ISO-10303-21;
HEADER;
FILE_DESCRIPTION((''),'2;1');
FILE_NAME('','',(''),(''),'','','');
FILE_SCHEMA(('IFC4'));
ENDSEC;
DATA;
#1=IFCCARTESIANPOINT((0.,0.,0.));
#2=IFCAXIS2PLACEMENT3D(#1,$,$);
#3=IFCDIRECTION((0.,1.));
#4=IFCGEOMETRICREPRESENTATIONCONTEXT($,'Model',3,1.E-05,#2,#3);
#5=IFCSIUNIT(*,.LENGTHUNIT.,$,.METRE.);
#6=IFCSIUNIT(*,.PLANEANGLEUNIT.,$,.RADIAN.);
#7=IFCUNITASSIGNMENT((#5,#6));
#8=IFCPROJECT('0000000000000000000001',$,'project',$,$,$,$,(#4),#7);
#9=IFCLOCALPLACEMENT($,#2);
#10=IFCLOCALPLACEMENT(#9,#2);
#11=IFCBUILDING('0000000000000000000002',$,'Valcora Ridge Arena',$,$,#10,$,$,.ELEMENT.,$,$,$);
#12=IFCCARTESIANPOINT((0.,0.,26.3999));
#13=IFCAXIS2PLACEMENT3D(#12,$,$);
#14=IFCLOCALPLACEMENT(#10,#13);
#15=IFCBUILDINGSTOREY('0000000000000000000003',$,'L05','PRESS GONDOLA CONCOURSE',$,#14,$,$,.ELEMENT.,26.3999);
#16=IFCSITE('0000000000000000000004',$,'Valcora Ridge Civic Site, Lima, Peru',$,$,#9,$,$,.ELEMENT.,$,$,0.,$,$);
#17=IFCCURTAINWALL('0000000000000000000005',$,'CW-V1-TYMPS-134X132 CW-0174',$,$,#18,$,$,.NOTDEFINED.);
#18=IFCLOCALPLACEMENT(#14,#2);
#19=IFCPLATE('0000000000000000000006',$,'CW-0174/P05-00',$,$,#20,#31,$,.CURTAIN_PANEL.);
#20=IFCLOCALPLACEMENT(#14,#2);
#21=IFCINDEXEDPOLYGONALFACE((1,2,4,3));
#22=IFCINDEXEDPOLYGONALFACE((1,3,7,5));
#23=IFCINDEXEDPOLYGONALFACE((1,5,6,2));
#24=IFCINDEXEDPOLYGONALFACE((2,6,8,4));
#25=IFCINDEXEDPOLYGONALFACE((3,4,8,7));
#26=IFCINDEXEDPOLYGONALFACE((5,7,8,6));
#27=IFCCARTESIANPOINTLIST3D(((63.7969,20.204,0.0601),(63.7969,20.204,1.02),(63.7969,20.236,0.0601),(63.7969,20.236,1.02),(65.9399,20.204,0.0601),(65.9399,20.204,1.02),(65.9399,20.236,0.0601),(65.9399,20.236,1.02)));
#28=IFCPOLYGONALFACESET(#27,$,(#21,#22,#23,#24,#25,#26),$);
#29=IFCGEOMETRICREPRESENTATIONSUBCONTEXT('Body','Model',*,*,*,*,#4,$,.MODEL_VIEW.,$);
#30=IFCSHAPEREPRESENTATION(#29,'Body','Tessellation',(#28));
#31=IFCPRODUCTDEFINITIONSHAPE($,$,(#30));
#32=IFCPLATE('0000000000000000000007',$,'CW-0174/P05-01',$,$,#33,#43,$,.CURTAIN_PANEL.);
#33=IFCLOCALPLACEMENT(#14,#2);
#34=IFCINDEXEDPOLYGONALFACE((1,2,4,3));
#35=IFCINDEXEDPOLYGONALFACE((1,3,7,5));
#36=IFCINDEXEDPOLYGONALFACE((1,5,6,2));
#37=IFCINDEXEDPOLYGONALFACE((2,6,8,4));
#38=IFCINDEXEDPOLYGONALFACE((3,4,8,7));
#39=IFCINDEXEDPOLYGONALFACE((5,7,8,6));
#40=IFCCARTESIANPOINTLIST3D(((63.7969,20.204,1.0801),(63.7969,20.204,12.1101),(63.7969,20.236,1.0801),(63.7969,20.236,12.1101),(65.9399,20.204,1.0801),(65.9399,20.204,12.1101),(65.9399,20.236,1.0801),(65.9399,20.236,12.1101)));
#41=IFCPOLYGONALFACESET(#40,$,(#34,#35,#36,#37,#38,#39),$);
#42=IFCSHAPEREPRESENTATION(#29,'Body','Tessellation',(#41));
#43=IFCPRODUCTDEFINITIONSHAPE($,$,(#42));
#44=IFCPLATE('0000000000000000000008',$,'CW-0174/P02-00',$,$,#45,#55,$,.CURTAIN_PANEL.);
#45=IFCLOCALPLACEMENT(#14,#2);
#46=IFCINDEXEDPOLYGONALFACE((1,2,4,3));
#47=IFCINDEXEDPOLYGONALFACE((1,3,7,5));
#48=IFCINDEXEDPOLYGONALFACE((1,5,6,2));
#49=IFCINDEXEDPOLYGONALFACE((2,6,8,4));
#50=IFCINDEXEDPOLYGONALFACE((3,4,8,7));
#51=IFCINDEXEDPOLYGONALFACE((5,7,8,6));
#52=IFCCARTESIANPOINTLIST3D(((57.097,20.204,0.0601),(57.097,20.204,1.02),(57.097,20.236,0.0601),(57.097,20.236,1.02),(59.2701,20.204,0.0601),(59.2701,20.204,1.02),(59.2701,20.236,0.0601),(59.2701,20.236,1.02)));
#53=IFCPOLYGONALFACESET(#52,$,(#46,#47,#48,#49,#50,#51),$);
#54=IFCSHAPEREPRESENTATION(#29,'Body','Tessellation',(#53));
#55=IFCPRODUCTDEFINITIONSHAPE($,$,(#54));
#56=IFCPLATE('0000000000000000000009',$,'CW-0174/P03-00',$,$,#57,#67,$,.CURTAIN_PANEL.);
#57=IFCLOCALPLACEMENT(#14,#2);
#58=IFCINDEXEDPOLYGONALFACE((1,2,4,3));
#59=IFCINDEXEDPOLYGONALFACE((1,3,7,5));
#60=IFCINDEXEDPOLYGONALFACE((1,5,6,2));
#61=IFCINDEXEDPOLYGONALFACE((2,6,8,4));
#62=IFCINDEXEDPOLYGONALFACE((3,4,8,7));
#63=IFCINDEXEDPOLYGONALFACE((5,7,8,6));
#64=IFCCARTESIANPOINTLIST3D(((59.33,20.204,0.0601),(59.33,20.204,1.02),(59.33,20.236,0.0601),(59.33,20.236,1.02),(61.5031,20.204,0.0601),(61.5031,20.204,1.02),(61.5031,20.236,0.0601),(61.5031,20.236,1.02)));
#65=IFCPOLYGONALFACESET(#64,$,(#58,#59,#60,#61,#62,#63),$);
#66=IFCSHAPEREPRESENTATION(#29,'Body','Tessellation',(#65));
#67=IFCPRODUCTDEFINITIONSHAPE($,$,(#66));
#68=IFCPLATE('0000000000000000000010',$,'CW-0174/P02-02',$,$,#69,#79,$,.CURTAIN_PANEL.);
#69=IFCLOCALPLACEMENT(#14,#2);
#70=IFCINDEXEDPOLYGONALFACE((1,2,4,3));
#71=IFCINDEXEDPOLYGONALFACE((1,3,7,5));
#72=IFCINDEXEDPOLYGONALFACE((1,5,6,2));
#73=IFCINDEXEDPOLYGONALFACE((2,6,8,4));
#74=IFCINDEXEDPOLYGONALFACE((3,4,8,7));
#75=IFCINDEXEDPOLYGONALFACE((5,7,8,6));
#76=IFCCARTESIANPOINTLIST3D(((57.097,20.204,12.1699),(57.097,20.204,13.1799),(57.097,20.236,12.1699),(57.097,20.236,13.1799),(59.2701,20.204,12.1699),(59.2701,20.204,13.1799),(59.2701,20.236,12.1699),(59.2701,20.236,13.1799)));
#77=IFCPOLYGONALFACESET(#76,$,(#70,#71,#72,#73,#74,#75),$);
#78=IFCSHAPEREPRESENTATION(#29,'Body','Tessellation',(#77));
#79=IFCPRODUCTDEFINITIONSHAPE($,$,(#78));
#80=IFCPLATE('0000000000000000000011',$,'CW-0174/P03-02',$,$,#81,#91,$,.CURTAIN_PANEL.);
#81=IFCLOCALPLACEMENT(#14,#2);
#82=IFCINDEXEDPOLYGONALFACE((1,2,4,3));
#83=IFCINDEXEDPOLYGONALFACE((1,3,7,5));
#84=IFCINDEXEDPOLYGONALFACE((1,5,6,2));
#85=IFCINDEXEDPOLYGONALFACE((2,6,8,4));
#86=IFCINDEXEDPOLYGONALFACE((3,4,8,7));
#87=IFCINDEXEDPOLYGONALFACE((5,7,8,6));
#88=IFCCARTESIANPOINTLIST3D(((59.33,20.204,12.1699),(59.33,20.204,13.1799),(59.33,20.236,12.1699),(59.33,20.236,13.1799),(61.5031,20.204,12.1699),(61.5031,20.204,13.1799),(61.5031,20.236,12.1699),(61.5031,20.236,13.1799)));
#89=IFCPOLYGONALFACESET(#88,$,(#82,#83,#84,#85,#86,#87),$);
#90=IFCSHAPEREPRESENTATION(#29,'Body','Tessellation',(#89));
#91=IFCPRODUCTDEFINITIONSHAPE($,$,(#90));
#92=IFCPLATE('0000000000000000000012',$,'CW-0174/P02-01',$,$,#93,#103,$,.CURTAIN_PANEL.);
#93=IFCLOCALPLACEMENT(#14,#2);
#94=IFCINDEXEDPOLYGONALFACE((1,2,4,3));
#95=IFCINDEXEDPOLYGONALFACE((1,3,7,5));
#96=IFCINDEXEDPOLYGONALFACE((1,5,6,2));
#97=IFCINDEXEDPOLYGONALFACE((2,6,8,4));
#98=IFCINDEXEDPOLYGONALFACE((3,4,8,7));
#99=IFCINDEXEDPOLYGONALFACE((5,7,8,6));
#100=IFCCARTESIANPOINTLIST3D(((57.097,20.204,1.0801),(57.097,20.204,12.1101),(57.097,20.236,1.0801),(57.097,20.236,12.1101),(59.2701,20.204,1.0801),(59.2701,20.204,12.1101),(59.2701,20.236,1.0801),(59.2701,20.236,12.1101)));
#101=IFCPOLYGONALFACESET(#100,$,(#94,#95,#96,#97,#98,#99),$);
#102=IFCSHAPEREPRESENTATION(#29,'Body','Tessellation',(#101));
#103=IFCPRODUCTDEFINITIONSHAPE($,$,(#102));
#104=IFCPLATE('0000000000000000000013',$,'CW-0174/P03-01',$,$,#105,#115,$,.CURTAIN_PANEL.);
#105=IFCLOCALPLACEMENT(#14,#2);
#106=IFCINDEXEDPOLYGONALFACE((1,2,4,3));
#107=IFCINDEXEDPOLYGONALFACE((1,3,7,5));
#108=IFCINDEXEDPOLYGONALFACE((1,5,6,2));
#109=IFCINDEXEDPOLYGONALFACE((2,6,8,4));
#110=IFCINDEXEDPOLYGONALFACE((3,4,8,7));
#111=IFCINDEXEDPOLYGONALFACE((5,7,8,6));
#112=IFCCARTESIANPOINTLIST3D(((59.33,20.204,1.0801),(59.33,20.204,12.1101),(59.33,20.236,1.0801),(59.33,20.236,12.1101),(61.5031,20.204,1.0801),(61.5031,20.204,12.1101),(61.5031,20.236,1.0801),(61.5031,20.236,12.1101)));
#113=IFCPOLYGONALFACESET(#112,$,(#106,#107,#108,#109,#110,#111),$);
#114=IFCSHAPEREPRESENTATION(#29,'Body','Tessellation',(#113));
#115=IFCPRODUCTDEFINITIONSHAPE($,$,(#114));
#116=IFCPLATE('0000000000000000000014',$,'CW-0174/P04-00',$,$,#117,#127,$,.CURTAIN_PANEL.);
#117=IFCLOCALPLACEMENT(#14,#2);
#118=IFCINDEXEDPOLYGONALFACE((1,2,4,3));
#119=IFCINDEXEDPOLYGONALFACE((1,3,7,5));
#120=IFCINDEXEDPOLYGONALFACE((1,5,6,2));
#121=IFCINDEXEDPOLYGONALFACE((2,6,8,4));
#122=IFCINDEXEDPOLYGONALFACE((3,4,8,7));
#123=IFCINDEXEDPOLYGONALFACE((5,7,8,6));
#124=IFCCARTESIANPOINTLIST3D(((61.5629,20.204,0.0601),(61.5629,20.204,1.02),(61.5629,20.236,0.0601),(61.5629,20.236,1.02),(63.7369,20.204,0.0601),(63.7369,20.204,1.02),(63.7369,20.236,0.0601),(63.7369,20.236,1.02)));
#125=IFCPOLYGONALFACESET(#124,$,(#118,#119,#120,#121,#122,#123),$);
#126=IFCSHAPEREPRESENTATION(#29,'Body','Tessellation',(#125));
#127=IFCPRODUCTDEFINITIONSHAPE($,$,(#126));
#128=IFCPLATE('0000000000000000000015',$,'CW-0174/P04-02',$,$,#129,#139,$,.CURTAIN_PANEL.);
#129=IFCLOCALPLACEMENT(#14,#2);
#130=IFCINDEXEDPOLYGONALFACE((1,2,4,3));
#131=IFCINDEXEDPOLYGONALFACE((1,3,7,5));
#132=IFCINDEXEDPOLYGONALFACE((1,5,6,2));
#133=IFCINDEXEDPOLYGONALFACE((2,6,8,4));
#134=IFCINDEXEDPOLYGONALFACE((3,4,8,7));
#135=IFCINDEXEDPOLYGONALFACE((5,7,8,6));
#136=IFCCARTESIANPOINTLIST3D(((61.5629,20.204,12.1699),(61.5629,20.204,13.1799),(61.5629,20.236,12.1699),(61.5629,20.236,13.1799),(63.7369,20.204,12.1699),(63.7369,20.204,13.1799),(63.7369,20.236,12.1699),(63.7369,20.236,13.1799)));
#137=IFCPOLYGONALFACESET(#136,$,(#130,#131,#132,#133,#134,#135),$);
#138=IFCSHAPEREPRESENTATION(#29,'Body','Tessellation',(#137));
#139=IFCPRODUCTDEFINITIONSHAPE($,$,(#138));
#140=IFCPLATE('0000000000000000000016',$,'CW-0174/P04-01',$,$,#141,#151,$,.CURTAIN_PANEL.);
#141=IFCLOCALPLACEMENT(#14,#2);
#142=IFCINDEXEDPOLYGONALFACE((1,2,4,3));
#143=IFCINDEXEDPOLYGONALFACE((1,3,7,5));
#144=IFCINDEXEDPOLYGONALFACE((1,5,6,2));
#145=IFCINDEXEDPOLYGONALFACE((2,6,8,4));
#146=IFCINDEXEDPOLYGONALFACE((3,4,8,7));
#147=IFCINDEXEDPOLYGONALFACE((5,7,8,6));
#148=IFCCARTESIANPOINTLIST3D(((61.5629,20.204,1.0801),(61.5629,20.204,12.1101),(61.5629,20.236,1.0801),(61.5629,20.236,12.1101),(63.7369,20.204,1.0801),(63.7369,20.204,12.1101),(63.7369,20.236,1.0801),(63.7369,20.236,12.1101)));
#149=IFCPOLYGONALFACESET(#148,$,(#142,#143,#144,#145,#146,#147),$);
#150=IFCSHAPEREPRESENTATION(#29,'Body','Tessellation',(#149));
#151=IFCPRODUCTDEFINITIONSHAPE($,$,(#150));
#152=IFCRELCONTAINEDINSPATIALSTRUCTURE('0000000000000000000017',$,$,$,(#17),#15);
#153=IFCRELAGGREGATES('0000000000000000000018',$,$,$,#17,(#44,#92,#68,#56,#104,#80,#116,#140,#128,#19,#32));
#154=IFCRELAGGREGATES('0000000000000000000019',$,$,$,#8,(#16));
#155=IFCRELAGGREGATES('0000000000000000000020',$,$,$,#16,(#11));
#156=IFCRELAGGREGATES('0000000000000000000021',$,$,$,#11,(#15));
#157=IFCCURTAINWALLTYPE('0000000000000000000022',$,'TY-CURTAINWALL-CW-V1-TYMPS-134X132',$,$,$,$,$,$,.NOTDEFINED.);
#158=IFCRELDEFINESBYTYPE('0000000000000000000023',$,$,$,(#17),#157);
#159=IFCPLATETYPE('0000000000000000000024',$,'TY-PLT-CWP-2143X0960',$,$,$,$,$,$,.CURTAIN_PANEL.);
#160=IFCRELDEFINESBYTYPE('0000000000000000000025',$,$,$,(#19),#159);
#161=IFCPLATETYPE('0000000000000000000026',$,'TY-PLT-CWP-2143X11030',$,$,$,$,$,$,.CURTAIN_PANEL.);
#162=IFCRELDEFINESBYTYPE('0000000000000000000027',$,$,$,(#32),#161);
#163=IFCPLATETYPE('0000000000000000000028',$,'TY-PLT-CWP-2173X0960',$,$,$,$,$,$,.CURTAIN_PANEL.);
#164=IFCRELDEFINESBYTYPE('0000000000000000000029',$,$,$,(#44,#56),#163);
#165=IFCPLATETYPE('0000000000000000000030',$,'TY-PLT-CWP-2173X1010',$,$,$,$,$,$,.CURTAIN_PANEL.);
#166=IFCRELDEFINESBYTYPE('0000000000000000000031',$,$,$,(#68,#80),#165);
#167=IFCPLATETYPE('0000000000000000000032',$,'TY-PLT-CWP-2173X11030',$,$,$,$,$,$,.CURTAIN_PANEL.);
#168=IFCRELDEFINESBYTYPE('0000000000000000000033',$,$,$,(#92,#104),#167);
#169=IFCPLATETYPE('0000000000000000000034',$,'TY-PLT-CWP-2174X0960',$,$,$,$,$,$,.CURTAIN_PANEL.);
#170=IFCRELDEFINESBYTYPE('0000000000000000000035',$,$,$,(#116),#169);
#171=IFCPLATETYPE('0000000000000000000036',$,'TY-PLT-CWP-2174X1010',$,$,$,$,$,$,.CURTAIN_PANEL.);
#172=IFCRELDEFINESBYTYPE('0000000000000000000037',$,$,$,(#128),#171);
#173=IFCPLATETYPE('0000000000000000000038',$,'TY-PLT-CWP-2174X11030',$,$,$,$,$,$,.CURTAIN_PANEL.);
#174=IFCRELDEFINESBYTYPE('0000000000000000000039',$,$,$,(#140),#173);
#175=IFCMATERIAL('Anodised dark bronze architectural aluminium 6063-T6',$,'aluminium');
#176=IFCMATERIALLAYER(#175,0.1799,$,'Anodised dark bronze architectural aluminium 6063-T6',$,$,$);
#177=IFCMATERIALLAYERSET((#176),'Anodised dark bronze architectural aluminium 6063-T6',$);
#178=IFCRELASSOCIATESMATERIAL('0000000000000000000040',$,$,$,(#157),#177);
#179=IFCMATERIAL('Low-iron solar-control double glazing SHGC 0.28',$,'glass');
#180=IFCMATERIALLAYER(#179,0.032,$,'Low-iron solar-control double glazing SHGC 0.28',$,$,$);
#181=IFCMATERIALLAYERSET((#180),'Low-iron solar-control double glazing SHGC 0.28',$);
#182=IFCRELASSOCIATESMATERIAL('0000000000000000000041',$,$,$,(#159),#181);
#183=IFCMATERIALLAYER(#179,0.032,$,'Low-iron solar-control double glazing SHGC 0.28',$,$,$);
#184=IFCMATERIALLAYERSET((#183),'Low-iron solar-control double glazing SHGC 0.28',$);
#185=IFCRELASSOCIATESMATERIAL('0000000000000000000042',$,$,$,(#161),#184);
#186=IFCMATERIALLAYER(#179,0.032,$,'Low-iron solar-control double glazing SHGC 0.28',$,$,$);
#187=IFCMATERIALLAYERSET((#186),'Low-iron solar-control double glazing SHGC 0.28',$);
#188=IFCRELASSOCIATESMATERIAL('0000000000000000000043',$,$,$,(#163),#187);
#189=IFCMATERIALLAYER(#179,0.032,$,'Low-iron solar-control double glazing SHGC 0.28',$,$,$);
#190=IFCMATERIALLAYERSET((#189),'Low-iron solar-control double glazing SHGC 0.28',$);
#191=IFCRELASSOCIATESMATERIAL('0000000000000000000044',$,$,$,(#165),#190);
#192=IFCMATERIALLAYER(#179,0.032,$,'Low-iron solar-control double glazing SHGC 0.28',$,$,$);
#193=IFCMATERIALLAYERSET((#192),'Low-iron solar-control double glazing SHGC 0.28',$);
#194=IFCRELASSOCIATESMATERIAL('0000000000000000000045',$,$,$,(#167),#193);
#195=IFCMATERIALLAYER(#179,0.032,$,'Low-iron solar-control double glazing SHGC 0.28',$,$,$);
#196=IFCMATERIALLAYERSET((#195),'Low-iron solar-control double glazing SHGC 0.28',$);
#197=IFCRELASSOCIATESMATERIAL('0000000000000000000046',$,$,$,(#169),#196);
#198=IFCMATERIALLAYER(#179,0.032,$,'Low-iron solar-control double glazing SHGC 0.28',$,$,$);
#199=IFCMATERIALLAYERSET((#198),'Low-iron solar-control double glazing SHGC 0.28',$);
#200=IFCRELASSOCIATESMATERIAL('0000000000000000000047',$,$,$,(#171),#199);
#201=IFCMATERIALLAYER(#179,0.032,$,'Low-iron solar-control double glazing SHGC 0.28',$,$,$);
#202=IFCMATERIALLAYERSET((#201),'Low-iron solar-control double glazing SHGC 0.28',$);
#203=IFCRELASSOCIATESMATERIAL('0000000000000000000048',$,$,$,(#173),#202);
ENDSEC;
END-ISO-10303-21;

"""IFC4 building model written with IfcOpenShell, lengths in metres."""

from ifc_helpers import new_model, si_unit, direction, frame, origin, origin_2d, place, context, subcontext, project, spatial, rectangle, extrude, material, layer, layer_set, type_object, element, aggregate, save


model = new_model("IFC4")

# Units and contexts
model_context = context("Model", 3, precision=1e-05, world=origin(), true_north=direction((0.0, 1.0)))
body_context = subcontext(model_context, "Body", "Model", "MODEL_VIEW")
ifc_project = project(units=[si_unit("LENGTHUNIT", "METRE"), si_unit("PLANEANGLEUNIT", "RADIAN")], contexts=[model_context])

# Site, building, storey
site_placement = place(None, origin())
site = spatial("IfcSite", under=ifc_project, at=site_placement, Name="Valcora Ridge Civic Site, Lima, Peru", CompositionType="ELEMENT", RefElevation=0.0)
building_placement = place(site_placement, origin())
building = spatial("IfcBuilding", under=site, at=building_placement, Name="Valcora Ridge Arena", CompositionType="ELEMENT")
storey_placement = place(building_placement, frame((0.0, 0.0, 26.3999)))
storey = spatial("IfcBuildingStorey", under=building, at=storey_placement, Name="L05", Description="PRESS GONDOLA CONCOURSE", CompositionType="ELEMENT", Elevation=26.3999)

# Curtain wall, plates
ifc_material_1 = material(Name="Anodised dark bronze architectural aluminium 6063-T6", Category="aluminium")
ifc_layer_1 = layer(ifc_material_1, 0.1799, Name="Anodised dark bronze architectural aluminium 6063-T6")
ifc_layer_set_1 = layer_set([ifc_layer_1], Name="Anodised dark bronze architectural aluminium 6063-T6")
curtain_wall_type = type_object("IfcCurtainWallType", Name="TY-CURTAINWALL-CW-V1-TYMPS-134X132", PredefinedType="NOTDEFINED", material=ifc_layer_set_1)
curtain_wall_placement = place(storey_placement, origin())
curtain_wall = element("IfcCurtainWall", 1, at=curtain_wall_placement, inside=storey, type_object=curtain_wall_type, Name="CW-V1-TYMPS-134X132 CW-0174", PredefinedType="NOTDEFINED")
ifc_material_2 = material(Name="Low-iron solar-control double glazing SHGC 0.28", Category="glass")
ifc_layer_2 = layer(ifc_material_2, 0.032, Name="Low-iron solar-control double glazing SHGC 0.28")
ifc_layer_set_2 = layer_set([ifc_layer_2], Name="Low-iron solar-control double glazing SHGC 0.28")
plate_type_1 = type_object("IfcPlateType", Name="TY-PLT-CWP-2143X0960", PredefinedType="CURTAIN_PANEL", material=ifc_layer_set_2)
plate_1_placement = place(storey_placement, frame((64.8684, 20.22, 0.0601), z_axis=(0.0, 0.0, 1.0), x_axis=(1.0, 0.0, 0.0)))
plate_1 = element("IfcPlate", 2, at=plate_1_placement, type_object=plate_type_1, Name="CW-0174/P05-00", PredefinedType="CURTAIN_PANEL", context=body_context, shape_type="SweptSolid", body=[
    extrude(rectangle(XDim=2.1431, YDim=0.032, at=origin_2d()), origin(), (0.0, 0.0, 1.0), 0.96),
])
ifc_layer_3 = layer(ifc_material_2, 0.032, Name="Low-iron solar-control double glazing SHGC 0.28")
ifc_layer_set_3 = layer_set([ifc_layer_3], Name="Low-iron solar-control double glazing SHGC 0.28")
plate_type_2 = type_object("IfcPlateType", Name="TY-PLT-CWP-2143X11030", PredefinedType="CURTAIN_PANEL", material=ifc_layer_set_3)
plate_2_placement = place(storey_placement, frame((64.8684, 20.22, 1.0801), z_axis=(0.0, 0.0, 1.0), x_axis=(1.0, 0.0, 0.0)))
plate_2 = element("IfcPlate", 3, at=plate_2_placement, type_object=plate_type_2, Name="CW-0174/P05-01", PredefinedType="CURTAIN_PANEL", context=body_context, shape_type="SweptSolid", body=[
    extrude(rectangle(XDim=2.1431, YDim=0.032, at=origin_2d()), origin(), (0.0, 0.0, 1.0), 11.03),
])
ifc_layer_4 = layer(ifc_material_2, 0.032, Name="Low-iron solar-control double glazing SHGC 0.28")
ifc_layer_set_4 = layer_set([ifc_layer_4], Name="Low-iron solar-control double glazing SHGC 0.28")
plate_type_3 = type_object("IfcPlateType", Name="TY-PLT-CWP-2173X0960", PredefinedType="CURTAIN_PANEL", material=ifc_layer_set_4)
plate_3_placement = place(storey_placement, frame((58.1836, 20.22, 0.0601), z_axis=(0.0, 0.0, 1.0), x_axis=(1.0, 0.0, 0.0)))
plate_3 = element("IfcPlate", 4, at=plate_3_placement, type_object=plate_type_3, Name="CW-0174/P02-00", PredefinedType="CURTAIN_PANEL", context=body_context, shape_type="SweptSolid", body=[
    extrude(rectangle(XDim=2.1731, YDim=0.032, at=origin_2d()), origin(), (0.0, 0.0, 1.0), 0.96),
])
plate_4_placement = place(storey_placement, frame((60.4165, 20.22, 0.0601), z_axis=(0.0, 0.0, 1.0), x_axis=(1.0, 0.0, 0.0)))
plate_4 = element("IfcPlate", 5, at=plate_4_placement, type_object=plate_type_3, Name="CW-0174/P03-00", PredefinedType="CURTAIN_PANEL", context=body_context, shape_type="SweptSolid", body=[
    extrude(rectangle(XDim=2.1731, YDim=0.032, at=origin_2d()), origin(), (0.0, 0.0, 1.0), 0.96),
])
ifc_layer_5 = layer(ifc_material_2, 0.032, Name="Low-iron solar-control double glazing SHGC 0.28")
ifc_layer_set_5 = layer_set([ifc_layer_5], Name="Low-iron solar-control double glazing SHGC 0.28")
plate_type_4 = type_object("IfcPlateType", Name="TY-PLT-CWP-2173X1010", PredefinedType="CURTAIN_PANEL", material=ifc_layer_set_5)
plate_5_placement = place(storey_placement, frame((58.1836, 20.22, 12.1699), z_axis=(0.0, 0.0, 1.0), x_axis=(1.0, 0.0, 0.0)))
plate_5 = element("IfcPlate", 6, at=plate_5_placement, type_object=plate_type_4, Name="CW-0174/P02-02", PredefinedType="CURTAIN_PANEL", context=body_context, shape_type="SweptSolid", body=[
    extrude(rectangle(XDim=2.1731, YDim=0.032, at=origin_2d()), origin(), (0.0, 0.0, 1.0), 1.01),
])
plate_6_placement = place(storey_placement, frame((60.4165, 20.22, 12.1699), z_axis=(0.0, 0.0, 1.0), x_axis=(1.0, 0.0, 0.0)))
plate_6 = element("IfcPlate", 7, at=plate_6_placement, type_object=plate_type_4, Name="CW-0174/P03-02", PredefinedType="CURTAIN_PANEL", context=body_context, shape_type="SweptSolid", body=[
    extrude(rectangle(XDim=2.1731, YDim=0.032, at=origin_2d()), origin(), (0.0, 0.0, 1.0), 1.01),
])
ifc_layer_6 = layer(ifc_material_2, 0.032, Name="Low-iron solar-control double glazing SHGC 0.28")
ifc_layer_set_6 = layer_set([ifc_layer_6], Name="Low-iron solar-control double glazing SHGC 0.28")
plate_type_5 = type_object("IfcPlateType", Name="TY-PLT-CWP-2173X11030", PredefinedType="CURTAIN_PANEL", material=ifc_layer_set_6)
plate_7_placement = place(storey_placement, frame((58.1836, 20.22, 1.0801), z_axis=(0.0, 0.0, 1.0), x_axis=(1.0, 0.0, 0.0)))
plate_7 = element("IfcPlate", 8, at=plate_7_placement, type_object=plate_type_5, Name="CW-0174/P02-01", PredefinedType="CURTAIN_PANEL", context=body_context, shape_type="SweptSolid", body=[
    extrude(rectangle(XDim=2.1731, YDim=0.032, at=origin_2d()), origin(), (0.0, 0.0, 1.0), 11.03),
])
plate_8_placement = place(storey_placement, frame((60.4165, 20.22, 1.0801), z_axis=(0.0, 0.0, 1.0), x_axis=(1.0, 0.0, 0.0)))
plate_8 = element("IfcPlate", 9, at=plate_8_placement, type_object=plate_type_5, Name="CW-0174/P03-01", PredefinedType="CURTAIN_PANEL", context=body_context, shape_type="SweptSolid", body=[
    extrude(rectangle(XDim=2.1731, YDim=0.032, at=origin_2d()), origin(), (0.0, 0.0, 1.0), 11.03),
])
ifc_layer_7 = layer(ifc_material_2, 0.032, Name="Low-iron solar-control double glazing SHGC 0.28")
ifc_layer_set_7 = layer_set([ifc_layer_7], Name="Low-iron solar-control double glazing SHGC 0.28")
plate_type_6 = type_object("IfcPlateType", Name="TY-PLT-CWP-2174X0960", PredefinedType="CURTAIN_PANEL", material=ifc_layer_set_7)
plate_9_placement = place(storey_placement, frame((62.6499, 20.22, 0.0601), z_axis=(0.0, 0.0, 1.0), x_axis=(1.0, 0.0, 0.0)))
plate_9 = element("IfcPlate", 10, at=plate_9_placement, type_object=plate_type_6, Name="CW-0174/P04-00", PredefinedType="CURTAIN_PANEL", context=body_context, shape_type="SweptSolid", body=[
    extrude(rectangle(XDim=2.1741, YDim=0.032, at=origin_2d()), origin(), (0.0, 0.0, 1.0), 0.96),
])
ifc_layer_8 = layer(ifc_material_2, 0.032, Name="Low-iron solar-control double glazing SHGC 0.28")
ifc_layer_set_8 = layer_set([ifc_layer_8], Name="Low-iron solar-control double glazing SHGC 0.28")
plate_type_7 = type_object("IfcPlateType", Name="TY-PLT-CWP-2174X1010", PredefinedType="CURTAIN_PANEL", material=ifc_layer_set_8)
plate_10_placement = place(storey_placement, frame((62.6499, 20.22, 12.1699), z_axis=(0.0, 0.0, 1.0), x_axis=(1.0, 0.0, 0.0)))
plate_10 = element("IfcPlate", 11, at=plate_10_placement, type_object=plate_type_7, Name="CW-0174/P04-02", PredefinedType="CURTAIN_PANEL", context=body_context, shape_type="SweptSolid", body=[
    extrude(rectangle(XDim=2.1741, YDim=0.032, at=origin_2d()), origin(), (0.0, 0.0, 1.0), 1.01),
])
ifc_layer_9 = layer(ifc_material_2, 0.032, Name="Low-iron solar-control double glazing SHGC 0.28")
ifc_layer_set_9 = layer_set([ifc_layer_9], Name="Low-iron solar-control double glazing SHGC 0.28")
plate_type_8 = type_object("IfcPlateType", Name="TY-PLT-CWP-2174X11030", PredefinedType="CURTAIN_PANEL", material=ifc_layer_set_9)
plate_11_placement = place(storey_placement, frame((62.6499, 20.22, 1.0801), z_axis=(0.0, 0.0, 1.0), x_axis=(1.0, 0.0, 0.0)))
plate_11 = element("IfcPlate", 12, at=plate_11_placement, type_object=plate_type_8, Name="CW-0174/P04-01", PredefinedType="CURTAIN_PANEL", context=body_context, shape_type="SweptSolid", body=[
    extrude(rectangle(XDim=2.1741, YDim=0.032, at=origin_2d()), origin(), (0.0, 0.0, 1.0), 11.03),
])
aggregate(curtain_wall, [plate_3, plate_7, plate_5, plate_4, plate_8, plate_6, plate_9, plate_11, plate_10, plate_1, plate_2])

save(model, "model.ifc")
